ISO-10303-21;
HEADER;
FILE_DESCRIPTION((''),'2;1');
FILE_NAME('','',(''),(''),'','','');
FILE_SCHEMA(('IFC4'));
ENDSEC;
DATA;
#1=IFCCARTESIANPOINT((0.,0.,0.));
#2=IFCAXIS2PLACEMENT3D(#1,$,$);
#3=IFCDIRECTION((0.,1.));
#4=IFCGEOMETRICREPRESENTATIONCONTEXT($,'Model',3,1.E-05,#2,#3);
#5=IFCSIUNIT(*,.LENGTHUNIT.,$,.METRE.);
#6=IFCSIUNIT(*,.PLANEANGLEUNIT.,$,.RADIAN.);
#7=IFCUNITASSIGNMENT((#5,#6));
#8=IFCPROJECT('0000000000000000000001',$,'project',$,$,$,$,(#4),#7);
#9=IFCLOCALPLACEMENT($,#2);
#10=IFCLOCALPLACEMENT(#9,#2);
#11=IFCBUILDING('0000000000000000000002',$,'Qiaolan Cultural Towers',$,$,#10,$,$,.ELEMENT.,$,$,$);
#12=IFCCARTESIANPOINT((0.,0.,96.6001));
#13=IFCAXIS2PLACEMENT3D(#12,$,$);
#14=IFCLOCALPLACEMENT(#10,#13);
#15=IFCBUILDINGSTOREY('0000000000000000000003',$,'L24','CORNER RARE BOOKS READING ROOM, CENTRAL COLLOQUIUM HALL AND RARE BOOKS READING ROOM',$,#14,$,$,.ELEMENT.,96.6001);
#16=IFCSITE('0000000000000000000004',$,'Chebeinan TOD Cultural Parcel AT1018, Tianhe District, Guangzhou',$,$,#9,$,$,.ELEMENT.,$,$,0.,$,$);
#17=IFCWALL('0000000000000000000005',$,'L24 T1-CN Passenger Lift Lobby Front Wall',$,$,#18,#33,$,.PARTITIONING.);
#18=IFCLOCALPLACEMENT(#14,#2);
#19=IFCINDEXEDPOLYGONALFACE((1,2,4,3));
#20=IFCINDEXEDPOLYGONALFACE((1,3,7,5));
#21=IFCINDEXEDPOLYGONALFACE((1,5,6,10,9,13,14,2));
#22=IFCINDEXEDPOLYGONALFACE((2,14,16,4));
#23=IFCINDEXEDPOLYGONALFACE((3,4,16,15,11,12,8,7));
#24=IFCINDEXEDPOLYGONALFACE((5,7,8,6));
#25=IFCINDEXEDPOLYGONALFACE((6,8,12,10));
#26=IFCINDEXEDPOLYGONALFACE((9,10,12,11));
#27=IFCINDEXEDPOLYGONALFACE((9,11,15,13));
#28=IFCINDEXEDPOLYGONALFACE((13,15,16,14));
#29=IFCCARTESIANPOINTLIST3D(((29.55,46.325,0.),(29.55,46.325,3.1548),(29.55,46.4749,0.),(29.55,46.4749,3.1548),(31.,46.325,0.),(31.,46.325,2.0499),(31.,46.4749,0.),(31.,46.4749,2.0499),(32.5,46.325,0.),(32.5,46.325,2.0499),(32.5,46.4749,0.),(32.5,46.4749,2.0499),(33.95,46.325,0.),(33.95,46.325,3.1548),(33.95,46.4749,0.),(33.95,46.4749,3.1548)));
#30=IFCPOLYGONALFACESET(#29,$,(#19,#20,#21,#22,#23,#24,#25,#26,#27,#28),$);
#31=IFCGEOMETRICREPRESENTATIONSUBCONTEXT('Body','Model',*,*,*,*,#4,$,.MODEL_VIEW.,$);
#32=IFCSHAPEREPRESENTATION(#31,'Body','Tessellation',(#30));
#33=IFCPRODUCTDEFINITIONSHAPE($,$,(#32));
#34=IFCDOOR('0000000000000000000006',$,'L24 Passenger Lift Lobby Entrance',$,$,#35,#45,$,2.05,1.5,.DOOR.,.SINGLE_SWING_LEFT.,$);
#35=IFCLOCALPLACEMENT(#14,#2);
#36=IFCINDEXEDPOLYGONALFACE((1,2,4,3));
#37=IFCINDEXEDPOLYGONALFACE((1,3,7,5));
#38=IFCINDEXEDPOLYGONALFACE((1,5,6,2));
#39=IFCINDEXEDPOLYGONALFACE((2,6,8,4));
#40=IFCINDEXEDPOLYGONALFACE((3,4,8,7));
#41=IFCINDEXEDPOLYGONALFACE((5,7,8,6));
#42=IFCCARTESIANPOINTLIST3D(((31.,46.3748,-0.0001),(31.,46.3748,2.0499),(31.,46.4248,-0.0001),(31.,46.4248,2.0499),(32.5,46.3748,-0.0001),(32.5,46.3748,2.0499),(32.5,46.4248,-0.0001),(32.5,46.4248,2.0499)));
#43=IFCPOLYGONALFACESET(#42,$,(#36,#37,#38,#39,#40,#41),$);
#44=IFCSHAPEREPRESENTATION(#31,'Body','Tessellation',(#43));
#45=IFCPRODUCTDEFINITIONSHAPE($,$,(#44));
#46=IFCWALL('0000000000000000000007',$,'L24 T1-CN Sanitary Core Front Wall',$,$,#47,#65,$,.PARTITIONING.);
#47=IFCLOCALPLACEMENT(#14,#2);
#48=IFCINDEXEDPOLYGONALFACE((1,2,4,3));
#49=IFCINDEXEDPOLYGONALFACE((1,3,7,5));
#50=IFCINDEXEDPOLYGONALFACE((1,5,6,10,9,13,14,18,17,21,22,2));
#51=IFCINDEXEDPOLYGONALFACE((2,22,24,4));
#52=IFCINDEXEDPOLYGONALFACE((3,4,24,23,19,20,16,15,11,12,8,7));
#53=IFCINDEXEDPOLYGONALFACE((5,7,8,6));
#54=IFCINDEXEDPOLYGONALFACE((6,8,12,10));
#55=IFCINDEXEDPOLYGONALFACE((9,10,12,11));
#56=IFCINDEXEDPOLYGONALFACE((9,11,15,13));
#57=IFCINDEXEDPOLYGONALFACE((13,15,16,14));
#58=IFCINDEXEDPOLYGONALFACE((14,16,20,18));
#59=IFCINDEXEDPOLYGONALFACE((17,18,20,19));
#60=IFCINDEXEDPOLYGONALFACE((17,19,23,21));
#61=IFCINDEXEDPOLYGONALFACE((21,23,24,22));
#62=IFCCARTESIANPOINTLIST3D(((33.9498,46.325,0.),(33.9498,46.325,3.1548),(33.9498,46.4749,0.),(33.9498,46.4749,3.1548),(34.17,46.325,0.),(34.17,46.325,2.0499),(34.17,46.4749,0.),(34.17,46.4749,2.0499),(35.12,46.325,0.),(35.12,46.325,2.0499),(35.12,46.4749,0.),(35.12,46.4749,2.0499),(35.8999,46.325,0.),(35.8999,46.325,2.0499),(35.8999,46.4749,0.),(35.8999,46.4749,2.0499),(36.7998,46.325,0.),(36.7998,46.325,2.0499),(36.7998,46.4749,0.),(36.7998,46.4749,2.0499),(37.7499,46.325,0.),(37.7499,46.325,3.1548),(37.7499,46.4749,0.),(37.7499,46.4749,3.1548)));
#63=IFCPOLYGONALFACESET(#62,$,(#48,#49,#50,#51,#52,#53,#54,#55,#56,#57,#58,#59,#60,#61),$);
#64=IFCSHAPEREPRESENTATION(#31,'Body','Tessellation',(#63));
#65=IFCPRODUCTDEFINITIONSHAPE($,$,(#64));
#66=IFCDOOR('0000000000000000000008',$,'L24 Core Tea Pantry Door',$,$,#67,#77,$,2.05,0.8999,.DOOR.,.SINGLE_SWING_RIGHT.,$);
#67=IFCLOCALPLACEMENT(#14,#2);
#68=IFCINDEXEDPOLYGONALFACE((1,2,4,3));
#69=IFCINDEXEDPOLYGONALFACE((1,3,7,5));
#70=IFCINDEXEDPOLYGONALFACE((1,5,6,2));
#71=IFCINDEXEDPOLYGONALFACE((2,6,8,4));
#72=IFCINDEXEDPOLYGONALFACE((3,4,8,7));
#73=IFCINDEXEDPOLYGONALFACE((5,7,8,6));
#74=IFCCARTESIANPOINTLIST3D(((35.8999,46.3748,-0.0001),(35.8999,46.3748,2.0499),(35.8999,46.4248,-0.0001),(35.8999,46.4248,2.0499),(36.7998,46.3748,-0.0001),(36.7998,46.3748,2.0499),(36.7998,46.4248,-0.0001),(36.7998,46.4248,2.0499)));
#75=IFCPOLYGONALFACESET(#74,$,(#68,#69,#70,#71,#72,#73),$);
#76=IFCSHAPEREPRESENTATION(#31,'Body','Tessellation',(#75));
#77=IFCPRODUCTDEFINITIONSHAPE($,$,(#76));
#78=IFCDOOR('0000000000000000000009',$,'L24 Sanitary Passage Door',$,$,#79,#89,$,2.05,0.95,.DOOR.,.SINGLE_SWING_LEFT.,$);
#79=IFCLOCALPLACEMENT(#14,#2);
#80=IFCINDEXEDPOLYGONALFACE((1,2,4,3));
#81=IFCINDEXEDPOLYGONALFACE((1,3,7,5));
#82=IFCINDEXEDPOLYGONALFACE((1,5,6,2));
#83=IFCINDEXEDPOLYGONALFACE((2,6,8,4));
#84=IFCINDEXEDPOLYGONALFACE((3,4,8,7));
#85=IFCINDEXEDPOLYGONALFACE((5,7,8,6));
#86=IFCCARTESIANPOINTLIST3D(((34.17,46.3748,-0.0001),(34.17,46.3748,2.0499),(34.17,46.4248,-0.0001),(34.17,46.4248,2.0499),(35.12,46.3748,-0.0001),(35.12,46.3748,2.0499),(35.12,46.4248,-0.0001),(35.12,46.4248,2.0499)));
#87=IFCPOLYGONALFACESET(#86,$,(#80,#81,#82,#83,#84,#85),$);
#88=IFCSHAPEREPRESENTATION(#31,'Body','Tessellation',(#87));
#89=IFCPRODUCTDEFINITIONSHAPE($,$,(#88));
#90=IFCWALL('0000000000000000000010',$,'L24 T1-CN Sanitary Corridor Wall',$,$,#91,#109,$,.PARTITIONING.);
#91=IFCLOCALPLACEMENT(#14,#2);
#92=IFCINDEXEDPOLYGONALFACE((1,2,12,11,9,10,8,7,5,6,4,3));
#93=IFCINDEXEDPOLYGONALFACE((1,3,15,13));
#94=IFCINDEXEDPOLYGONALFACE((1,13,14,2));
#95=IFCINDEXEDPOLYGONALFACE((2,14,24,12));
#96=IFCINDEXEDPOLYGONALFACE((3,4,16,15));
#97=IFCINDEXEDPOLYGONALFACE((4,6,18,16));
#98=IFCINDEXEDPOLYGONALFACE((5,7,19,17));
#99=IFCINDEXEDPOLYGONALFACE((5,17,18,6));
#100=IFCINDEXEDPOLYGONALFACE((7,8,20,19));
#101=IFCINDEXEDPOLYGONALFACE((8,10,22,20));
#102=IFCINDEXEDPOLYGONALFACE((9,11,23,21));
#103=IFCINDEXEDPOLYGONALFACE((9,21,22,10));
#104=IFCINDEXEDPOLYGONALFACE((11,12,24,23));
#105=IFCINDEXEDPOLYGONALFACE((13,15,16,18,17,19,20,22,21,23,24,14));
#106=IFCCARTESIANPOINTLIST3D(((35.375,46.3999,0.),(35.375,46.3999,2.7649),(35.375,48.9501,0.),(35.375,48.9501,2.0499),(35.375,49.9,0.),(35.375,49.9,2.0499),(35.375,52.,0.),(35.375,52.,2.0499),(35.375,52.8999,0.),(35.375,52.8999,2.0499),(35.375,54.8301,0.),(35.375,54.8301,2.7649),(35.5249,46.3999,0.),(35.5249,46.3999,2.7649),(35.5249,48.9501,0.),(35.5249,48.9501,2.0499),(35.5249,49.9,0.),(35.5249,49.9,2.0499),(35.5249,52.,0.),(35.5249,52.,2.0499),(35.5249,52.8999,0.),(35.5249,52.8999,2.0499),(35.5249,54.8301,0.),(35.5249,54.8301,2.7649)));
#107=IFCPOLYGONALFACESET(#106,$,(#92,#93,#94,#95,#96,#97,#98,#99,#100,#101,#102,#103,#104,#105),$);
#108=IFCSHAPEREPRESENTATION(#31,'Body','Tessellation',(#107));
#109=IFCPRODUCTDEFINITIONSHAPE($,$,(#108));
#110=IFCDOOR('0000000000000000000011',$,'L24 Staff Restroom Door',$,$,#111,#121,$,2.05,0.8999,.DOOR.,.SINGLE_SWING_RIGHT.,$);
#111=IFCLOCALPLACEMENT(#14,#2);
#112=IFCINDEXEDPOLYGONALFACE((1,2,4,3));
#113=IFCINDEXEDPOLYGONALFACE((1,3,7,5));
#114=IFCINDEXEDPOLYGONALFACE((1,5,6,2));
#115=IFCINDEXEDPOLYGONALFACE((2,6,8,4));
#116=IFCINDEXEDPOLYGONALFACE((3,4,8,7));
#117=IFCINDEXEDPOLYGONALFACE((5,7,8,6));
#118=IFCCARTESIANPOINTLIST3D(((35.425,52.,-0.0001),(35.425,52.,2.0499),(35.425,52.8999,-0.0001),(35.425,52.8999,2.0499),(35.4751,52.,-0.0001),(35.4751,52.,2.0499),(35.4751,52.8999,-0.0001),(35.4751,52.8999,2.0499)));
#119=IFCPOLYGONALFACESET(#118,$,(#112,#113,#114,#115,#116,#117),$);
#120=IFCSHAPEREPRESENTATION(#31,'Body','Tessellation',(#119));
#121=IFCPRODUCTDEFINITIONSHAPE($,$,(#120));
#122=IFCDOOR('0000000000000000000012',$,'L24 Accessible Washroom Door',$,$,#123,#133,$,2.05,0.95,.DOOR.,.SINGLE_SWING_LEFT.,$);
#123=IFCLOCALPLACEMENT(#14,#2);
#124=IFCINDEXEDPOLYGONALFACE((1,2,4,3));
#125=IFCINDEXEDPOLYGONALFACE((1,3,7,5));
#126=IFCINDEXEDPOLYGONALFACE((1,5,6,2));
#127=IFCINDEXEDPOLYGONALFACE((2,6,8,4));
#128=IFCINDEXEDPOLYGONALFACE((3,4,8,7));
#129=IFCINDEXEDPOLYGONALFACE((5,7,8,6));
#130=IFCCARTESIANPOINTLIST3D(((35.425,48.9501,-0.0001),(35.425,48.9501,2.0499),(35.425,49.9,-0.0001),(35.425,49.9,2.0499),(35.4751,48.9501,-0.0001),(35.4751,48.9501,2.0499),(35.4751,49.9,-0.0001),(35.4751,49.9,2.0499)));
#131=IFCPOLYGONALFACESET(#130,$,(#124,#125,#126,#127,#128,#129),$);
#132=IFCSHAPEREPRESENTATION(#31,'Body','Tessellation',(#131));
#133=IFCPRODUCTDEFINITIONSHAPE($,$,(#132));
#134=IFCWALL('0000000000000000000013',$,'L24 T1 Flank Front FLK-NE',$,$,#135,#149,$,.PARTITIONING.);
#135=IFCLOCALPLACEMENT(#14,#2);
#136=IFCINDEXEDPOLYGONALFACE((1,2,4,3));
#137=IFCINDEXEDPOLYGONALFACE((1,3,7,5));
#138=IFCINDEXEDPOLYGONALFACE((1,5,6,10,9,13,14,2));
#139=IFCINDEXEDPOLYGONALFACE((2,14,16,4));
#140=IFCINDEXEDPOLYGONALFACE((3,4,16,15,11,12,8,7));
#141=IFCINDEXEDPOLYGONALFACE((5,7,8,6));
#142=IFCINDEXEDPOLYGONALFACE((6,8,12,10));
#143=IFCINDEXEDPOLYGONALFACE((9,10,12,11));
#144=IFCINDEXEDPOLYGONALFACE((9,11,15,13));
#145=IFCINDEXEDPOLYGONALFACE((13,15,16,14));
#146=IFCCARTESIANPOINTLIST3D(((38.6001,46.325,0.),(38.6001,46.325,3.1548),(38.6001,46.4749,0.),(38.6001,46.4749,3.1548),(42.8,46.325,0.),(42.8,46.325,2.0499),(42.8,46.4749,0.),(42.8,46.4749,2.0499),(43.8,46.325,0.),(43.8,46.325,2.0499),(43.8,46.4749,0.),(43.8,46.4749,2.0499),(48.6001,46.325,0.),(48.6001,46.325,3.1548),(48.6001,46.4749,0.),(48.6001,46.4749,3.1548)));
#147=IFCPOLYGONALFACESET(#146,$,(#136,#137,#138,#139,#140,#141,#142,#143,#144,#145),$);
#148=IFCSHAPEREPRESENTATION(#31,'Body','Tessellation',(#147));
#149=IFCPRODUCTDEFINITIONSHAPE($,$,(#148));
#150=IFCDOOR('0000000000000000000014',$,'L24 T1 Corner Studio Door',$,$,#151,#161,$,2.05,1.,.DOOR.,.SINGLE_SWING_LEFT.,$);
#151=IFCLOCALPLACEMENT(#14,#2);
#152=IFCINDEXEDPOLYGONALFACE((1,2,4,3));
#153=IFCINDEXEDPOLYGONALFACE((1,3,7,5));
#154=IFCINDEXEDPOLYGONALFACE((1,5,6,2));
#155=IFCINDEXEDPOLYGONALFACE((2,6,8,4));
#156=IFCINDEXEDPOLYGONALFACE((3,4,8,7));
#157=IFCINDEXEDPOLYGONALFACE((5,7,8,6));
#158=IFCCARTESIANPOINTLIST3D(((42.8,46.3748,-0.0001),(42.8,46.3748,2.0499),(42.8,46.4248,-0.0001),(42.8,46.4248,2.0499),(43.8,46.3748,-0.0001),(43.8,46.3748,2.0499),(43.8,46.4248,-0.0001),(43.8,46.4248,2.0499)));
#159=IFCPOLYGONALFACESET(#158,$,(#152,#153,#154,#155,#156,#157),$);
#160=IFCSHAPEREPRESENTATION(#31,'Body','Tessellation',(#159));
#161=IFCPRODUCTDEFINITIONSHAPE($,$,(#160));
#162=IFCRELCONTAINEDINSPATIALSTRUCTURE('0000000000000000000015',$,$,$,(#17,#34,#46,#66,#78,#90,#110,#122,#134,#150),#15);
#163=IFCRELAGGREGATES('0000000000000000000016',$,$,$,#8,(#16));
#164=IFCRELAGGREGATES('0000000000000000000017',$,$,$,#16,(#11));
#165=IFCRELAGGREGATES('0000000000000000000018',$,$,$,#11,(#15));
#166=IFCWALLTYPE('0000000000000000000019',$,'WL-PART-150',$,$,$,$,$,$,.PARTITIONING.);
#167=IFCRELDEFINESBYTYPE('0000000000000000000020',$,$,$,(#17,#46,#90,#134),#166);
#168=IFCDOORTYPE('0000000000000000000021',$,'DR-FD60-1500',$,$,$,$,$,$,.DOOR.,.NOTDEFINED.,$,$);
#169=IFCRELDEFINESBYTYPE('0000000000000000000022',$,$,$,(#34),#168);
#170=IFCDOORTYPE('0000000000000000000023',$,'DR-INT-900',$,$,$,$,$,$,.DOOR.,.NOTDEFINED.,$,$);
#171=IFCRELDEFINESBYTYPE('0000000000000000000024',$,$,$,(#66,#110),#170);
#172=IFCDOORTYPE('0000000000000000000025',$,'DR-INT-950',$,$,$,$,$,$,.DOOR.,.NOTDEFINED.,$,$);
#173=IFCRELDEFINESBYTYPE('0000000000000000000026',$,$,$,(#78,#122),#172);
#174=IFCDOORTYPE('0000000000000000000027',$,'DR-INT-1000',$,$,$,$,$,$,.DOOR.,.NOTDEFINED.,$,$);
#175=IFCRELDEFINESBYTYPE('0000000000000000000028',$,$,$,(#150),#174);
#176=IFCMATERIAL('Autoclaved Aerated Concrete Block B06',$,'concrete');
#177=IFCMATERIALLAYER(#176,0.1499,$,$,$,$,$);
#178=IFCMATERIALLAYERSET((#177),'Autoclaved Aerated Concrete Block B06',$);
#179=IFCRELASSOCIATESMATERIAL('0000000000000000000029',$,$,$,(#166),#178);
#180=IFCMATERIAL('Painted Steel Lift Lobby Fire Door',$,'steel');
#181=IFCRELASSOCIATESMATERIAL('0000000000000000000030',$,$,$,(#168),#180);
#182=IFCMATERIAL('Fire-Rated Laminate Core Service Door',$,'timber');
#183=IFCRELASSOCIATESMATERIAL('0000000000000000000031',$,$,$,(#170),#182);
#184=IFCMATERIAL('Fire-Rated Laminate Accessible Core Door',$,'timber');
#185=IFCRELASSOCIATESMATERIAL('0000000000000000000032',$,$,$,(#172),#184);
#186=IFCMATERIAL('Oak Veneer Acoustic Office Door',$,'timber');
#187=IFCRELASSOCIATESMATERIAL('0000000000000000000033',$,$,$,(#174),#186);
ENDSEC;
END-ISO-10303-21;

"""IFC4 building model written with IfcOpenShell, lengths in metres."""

from ifc_helpers import new_model, si_unit, direction, frame, frame_2d, origin, place, context, subcontext, project, spatial, rectangle, extrude, material, layer, layer_set, type_object, element, fill, save


model = new_model("IFC4")

# Units and contexts
model_context = context("Model", 3, precision=1e-05, world=origin(), true_north=direction((0.0, 1.0)))
body_context = subcontext(model_context, "Body", "Model", "MODEL_VIEW")
ifc_project = project(units=[si_unit("LENGTHUNIT", "METRE"), si_unit("PLANEANGLEUNIT", "RADIAN")], contexts=[model_context])

# Site, building, storey
site_placement = place(None, origin())
site = spatial("IfcSite", under=ifc_project, at=site_placement, Name="Chebeinan TOD Cultural Parcel AT1018, Tianhe District, Guangzhou", CompositionType="ELEMENT", RefElevation=0.0)
building_placement = place(site_placement, origin())
building = spatial("IfcBuilding", under=site, at=building_placement, Name="Qiaolan Cultural Towers", CompositionType="ELEMENT")
storey_placement = place(building_placement, frame((0.0, 0.0, 96.6001)))
storey = spatial("IfcBuildingStorey", under=building, at=storey_placement, Name="L24", Description="CORNER RARE BOOKS READING ROOM, CENTRAL COLLOQUIUM HALL AND RARE BOOKS READING ROOM", CompositionType="ELEMENT", Elevation=96.6001)

# Wall, opening, door
ifc_material_1 = material(Name="Autoclaved Aerated Concrete Block B06", Category="concrete")
ifc_layer_1 = layer(ifc_material_1, 0.1499)
ifc_layer_set_1 = layer_set([ifc_layer_1], Name="Autoclaved Aerated Concrete Block B06")
wall_type_1 = type_object("IfcWallType", Name="WL-PART-150", PredefinedType="PARTITIONING", material=ifc_layer_set_1)
wall_1_placement = place(storey_placement, frame((29.55, 46.3999, 0.0), z_axis=(0.0, 0.0, 1.0), x_axis=(1.0, 0.0, 0.0)))
wall_1 = element("IfcWall", 1, at=wall_1_placement, inside=storey, type_object=wall_type_1, Name="L24 T1-CN Passenger Lift Lobby Front Wall", PredefinedType="PARTITIONING", context=body_context, shape_type="SweptSolid", body=[
    extrude(rectangle(XDim=4.3999, YDim=0.1499, at=frame_2d((2.2, 0.0))), origin(), (0.0, 0.0, 1.0), 3.1548),
])
opening_1_placement = place(wall_1_placement, frame((1.45, 0.0, 0.0)))
opening_1 = element("IfcOpeningElement", 2, at=opening_1_placement, cuts=wall_1, PredefinedType="OPENING", context=body_context, shape_type="SweptSolid", body=[
    extrude(rectangle(XDim=1.5, YDim=2.05, at=frame_2d((0.75, 1.0249))), frame((0.0, 0.085, 0.0), z_axis=(0.0, -1.0, 0.0), x_axis=(1.0, 0.0, 0.0)), (0.0, 0.0, 1.0), 0.1699),
])
ifc_material_2 = material(Name="Painted Steel Lift Lobby Fire Door", Category="steel")
door_type_1 = type_object("IfcDoorType", Name="DR-FD60-1500", OperationType="NOTDEFINED", PredefinedType="DOOR", material=ifc_material_2)
door_1_placement = place(opening_1_placement, origin())
door_1 = element("IfcDoor", 3, at=door_1_placement, inside=storey, type_object=door_type_1, Name="L24 Passenger Lift Lobby Entrance", OperationType="SINGLE_SWING_LEFT", OverallHeight=2.05, OverallWidth=1.5, PredefinedType="DOOR", context=body_context, shape_type="SweptSolid", body=[
    extrude(rectangle(XDim=1.5, YDim=2.05, at=frame_2d((0.75, 1.0249))), frame((0.0, 0.0249, 0.0), z_axis=(0.0, -1.0, 0.0), x_axis=(1.0, 0.0, 0.0)), (0.0, 0.0, 1.0), 0.05),
])
fill(opening_1, door_1)

# Walls, openings, doors
wall_2_placement = place(storey_placement, frame((33.95, 46.3999, 0.0), z_axis=(0.0, 0.0, 1.0), x_axis=(1.0, 0.0, 0.0)))
wall_2 = element("IfcWall", 4, at=wall_2_placement, inside=storey, type_object=wall_type_1, Name="L24 T1-CN Sanitary Core Front Wall", PredefinedType="PARTITIONING", context=body_context, shape_type="SweptSolid", body=[
    extrude(rectangle(XDim=3.8, YDim=0.1499, at=frame_2d((1.8999, 0.0))), origin(), (0.0, 0.0, 1.0), 3.1548),
])
opening_2_placement = place(wall_2_placement, frame((0.22, 0.0, 0.0)))
opening_2 = element("IfcOpeningElement", 5, at=opening_2_placement, cuts=wall_2, PredefinedType="OPENING", context=body_context, shape_type="SweptSolid", body=[
    extrude(rectangle(XDim=0.95, YDim=2.05, at=frame_2d((0.4751, 1.0249))), frame((0.0, 0.085, 0.0), z_axis=(0.0, -1.0, 0.0), x_axis=(1.0, 0.0, 0.0)), (0.0, 0.0, 1.0), 0.1699),
])
opening_3_placement = place(wall_2_placement, frame((1.95, 0.0, 0.0)))
opening_3 = element("IfcOpeningElement", 6, at=opening_3_placement, cuts=wall_2, PredefinedType="OPENING", context=body_context, shape_type="SweptSolid", body=[
    extrude(rectangle(XDim=0.8999, YDim=2.05, at=frame_2d((0.45, 1.0249))), frame((0.0, 0.085, 0.0), z_axis=(0.0, -1.0, 0.0), x_axis=(1.0, 0.0, 0.0)), (0.0, 0.0, 1.0), 0.1699),
])
ifc_material_3 = material(Name="Fire-Rated Laminate Core Service Door", Category="timber")
door_type_2 = type_object("IfcDoorType", Name="DR-INT-900", OperationType="NOTDEFINED", PredefinedType="DOOR", material=ifc_material_3)
door_2_placement = place(opening_3_placement, origin())
door_2 = element("IfcDoor", 7, at=door_2_placement, inside=storey, type_object=door_type_2, Name="L24 Core Tea Pantry Door", OperationType="SINGLE_SWING_RIGHT", OverallHeight=2.05, OverallWidth=0.8999, PredefinedType="DOOR", context=body_context, shape_type="SweptSolid", body=[
    extrude(rectangle(XDim=0.8999, YDim=2.05, at=frame_2d((0.45, 1.0249))), frame((0.0, 0.0249, 0.0), z_axis=(0.0, -1.0, 0.0), x_axis=(1.0, 0.0, 0.0)), (0.0, 0.0, 1.0), 0.05),
])
fill(opening_3, door_2)
ifc_material_4 = material(Name="Fire-Rated Laminate Accessible Core Door", Category="timber")
door_type_3 = type_object("IfcDoorType", Name="DR-INT-950", OperationType="NOTDEFINED", PredefinedType="DOOR", material=ifc_material_4)
door_3_placement = place(opening_2_placement, origin())
door_3 = element("IfcDoor", 8, at=door_3_placement, inside=storey, type_object=door_type_3, Name="L24 Sanitary Passage Door", OperationType="SINGLE_SWING_LEFT", OverallHeight=2.05, OverallWidth=0.95, PredefinedType="DOOR", context=body_context, shape_type="SweptSolid", body=[
    extrude(rectangle(XDim=0.95, YDim=2.05, at=frame_2d((0.4751, 1.0249))), frame((0.0, 0.0249, 0.0), z_axis=(0.0, -1.0, 0.0), x_axis=(1.0, 0.0, 0.0)), (0.0, 0.0, 1.0), 0.05),
])
fill(opening_2, door_3)
wall_3_placement = place(storey_placement, frame((35.45, 46.3999, 0.0), z_axis=(0.0, 0.0, 1.0), x_axis=(0.0, 1.0, 0.0)))
wall_3 = element("IfcWall", 9, at=wall_3_placement, inside=storey, type_object=wall_type_1, Name="L24 T1-CN Sanitary Corridor Wall", PredefinedType="PARTITIONING", context=body_context, shape_type="SweptSolid", body=[
    extrude(rectangle(XDim=8.4302, YDim=0.1499, at=frame_2d((4.2151, 0.0))), origin(), (0.0, 0.0, 1.0), 2.7649),
])
opening_4_placement = place(wall_3_placement, frame((2.55, 0.0, 0.0)))
opening_4 = element("IfcOpeningElement", 10, at=opening_4_placement, cuts=wall_3, PredefinedType="OPENING", context=body_context, shape_type="SweptSolid", body=[
    extrude(rectangle(XDim=0.95, YDim=2.05, at=frame_2d((0.4751, 1.0249))), frame((0.0, 0.085, 0.0), z_axis=(0.0, -1.0, 0.0), x_axis=(1.0, 0.0, 0.0)), (0.0, 0.0, 1.0), 0.1699),
])
opening_5_placement = place(wall_3_placement, frame((5.6001, 0.0, 0.0)))
opening_5 = element("IfcOpeningElement", 11, at=opening_5_placement, cuts=wall_3, PredefinedType="OPENING", context=body_context, shape_type="SweptSolid", body=[
    extrude(rectangle(XDim=0.8999, YDim=2.05, at=frame_2d((0.45, 1.0249))), frame((0.0, 0.085, 0.0), z_axis=(0.0, -1.0, 0.0), x_axis=(1.0, 0.0, 0.0)), (0.0, 0.0, 1.0), 0.1699),
])
door_4_placement = place(opening_5_placement, origin())
door_4 = element("IfcDoor", 12, at=door_4_placement, inside=storey, type_object=door_type_2, Name="L24 Staff Restroom Door", OperationType="SINGLE_SWING_RIGHT", OverallHeight=2.05, OverallWidth=0.8999, PredefinedType="DOOR", context=body_context, shape_type="SweptSolid", body=[
    extrude(rectangle(XDim=0.8999, YDim=2.05, at=frame_2d((0.45, 1.0249))), frame((0.0, 0.0249, 0.0), z_axis=(0.0, -1.0, 0.0), x_axis=(1.0, 0.0, 0.0)), (0.0, 0.0, 1.0), 0.05),
])
fill(opening_5, door_4)
door_5_placement = place(opening_4_placement, origin())
door_5 = element("IfcDoor", 13, at=door_5_placement, inside=storey, type_object=door_type_3, Name="L24 Accessible Washroom Door", OperationType="SINGLE_SWING_LEFT", OverallHeight=2.05, OverallWidth=0.95, PredefinedType="DOOR", context=body_context, shape_type="SweptSolid", body=[
    extrude(rectangle(XDim=0.95, YDim=2.05, at=frame_2d((0.4751, 1.0249))), frame((0.0, 0.0249, 0.0), z_axis=(0.0, -1.0, 0.0), x_axis=(1.0, 0.0, 0.0)), (0.0, 0.0, 1.0), 0.05),
])
fill(opening_4, door_5)

# Wall, opening, door
wall_4_placement = place(storey_placement, frame((38.6001, 46.3999, 0.0), z_axis=(0.0, 0.0, 1.0), x_axis=(1.0, 0.0, 0.0)))
wall_4 = element("IfcWall", 14, at=wall_4_placement, inside=storey, type_object=wall_type_1, Name="L24 T1 Flank Front FLK-NE", PredefinedType="PARTITIONING", context=body_context, shape_type="SweptSolid", body=[
    extrude(rectangle(XDim=10.0, YDim=0.1499, at=frame_2d((5.0, 0.0))), origin(), (0.0, 0.0, 1.0), 3.1548),
])
opening_6_placement = place(wall_4_placement, frame((4.2, 0.0, 0.0)))
opening_6 = element("IfcOpeningElement", 15, at=opening_6_placement, cuts=wall_4, PredefinedType="OPENING", context=body_context, shape_type="SweptSolid", body=[
    extrude(rectangle(XDim=1.0, YDim=2.05, at=frame_2d((0.5, 1.0249))), frame((0.0, 0.085, 0.0), z_axis=(0.0, -1.0, 0.0), x_axis=(1.0, 0.0, 0.0)), (0.0, 0.0, 1.0), 0.1699),
])
ifc_material_5 = material(Name="Oak Veneer Acoustic Office Door", Category="timber")
door_type_4 = type_object("IfcDoorType", Name="DR-INT-1000", OperationType="NOTDEFINED", PredefinedType="DOOR", material=ifc_material_5)
door_6_placement = place(opening_6_placement, origin())
door_6 = element("IfcDoor", 16, at=door_6_placement, inside=storey, type_object=door_type_4, Name="L24 T1 Corner Studio Door", OperationType="SINGLE_SWING_LEFT", OverallHeight=2.05, OverallWidth=1.0, PredefinedType="DOOR", context=body_context, shape_type="SweptSolid", body=[
    extrude(rectangle(XDim=1.0, YDim=2.05, at=frame_2d((0.5, 1.0249))), frame((0.0, 0.0249, 0.0), z_axis=(0.0, -1.0, 0.0), x_axis=(1.0, 0.0, 0.0)), (0.0, 0.0, 1.0), 0.05),
])
fill(opening_6, door_6)

save(model, "model.ifc")
